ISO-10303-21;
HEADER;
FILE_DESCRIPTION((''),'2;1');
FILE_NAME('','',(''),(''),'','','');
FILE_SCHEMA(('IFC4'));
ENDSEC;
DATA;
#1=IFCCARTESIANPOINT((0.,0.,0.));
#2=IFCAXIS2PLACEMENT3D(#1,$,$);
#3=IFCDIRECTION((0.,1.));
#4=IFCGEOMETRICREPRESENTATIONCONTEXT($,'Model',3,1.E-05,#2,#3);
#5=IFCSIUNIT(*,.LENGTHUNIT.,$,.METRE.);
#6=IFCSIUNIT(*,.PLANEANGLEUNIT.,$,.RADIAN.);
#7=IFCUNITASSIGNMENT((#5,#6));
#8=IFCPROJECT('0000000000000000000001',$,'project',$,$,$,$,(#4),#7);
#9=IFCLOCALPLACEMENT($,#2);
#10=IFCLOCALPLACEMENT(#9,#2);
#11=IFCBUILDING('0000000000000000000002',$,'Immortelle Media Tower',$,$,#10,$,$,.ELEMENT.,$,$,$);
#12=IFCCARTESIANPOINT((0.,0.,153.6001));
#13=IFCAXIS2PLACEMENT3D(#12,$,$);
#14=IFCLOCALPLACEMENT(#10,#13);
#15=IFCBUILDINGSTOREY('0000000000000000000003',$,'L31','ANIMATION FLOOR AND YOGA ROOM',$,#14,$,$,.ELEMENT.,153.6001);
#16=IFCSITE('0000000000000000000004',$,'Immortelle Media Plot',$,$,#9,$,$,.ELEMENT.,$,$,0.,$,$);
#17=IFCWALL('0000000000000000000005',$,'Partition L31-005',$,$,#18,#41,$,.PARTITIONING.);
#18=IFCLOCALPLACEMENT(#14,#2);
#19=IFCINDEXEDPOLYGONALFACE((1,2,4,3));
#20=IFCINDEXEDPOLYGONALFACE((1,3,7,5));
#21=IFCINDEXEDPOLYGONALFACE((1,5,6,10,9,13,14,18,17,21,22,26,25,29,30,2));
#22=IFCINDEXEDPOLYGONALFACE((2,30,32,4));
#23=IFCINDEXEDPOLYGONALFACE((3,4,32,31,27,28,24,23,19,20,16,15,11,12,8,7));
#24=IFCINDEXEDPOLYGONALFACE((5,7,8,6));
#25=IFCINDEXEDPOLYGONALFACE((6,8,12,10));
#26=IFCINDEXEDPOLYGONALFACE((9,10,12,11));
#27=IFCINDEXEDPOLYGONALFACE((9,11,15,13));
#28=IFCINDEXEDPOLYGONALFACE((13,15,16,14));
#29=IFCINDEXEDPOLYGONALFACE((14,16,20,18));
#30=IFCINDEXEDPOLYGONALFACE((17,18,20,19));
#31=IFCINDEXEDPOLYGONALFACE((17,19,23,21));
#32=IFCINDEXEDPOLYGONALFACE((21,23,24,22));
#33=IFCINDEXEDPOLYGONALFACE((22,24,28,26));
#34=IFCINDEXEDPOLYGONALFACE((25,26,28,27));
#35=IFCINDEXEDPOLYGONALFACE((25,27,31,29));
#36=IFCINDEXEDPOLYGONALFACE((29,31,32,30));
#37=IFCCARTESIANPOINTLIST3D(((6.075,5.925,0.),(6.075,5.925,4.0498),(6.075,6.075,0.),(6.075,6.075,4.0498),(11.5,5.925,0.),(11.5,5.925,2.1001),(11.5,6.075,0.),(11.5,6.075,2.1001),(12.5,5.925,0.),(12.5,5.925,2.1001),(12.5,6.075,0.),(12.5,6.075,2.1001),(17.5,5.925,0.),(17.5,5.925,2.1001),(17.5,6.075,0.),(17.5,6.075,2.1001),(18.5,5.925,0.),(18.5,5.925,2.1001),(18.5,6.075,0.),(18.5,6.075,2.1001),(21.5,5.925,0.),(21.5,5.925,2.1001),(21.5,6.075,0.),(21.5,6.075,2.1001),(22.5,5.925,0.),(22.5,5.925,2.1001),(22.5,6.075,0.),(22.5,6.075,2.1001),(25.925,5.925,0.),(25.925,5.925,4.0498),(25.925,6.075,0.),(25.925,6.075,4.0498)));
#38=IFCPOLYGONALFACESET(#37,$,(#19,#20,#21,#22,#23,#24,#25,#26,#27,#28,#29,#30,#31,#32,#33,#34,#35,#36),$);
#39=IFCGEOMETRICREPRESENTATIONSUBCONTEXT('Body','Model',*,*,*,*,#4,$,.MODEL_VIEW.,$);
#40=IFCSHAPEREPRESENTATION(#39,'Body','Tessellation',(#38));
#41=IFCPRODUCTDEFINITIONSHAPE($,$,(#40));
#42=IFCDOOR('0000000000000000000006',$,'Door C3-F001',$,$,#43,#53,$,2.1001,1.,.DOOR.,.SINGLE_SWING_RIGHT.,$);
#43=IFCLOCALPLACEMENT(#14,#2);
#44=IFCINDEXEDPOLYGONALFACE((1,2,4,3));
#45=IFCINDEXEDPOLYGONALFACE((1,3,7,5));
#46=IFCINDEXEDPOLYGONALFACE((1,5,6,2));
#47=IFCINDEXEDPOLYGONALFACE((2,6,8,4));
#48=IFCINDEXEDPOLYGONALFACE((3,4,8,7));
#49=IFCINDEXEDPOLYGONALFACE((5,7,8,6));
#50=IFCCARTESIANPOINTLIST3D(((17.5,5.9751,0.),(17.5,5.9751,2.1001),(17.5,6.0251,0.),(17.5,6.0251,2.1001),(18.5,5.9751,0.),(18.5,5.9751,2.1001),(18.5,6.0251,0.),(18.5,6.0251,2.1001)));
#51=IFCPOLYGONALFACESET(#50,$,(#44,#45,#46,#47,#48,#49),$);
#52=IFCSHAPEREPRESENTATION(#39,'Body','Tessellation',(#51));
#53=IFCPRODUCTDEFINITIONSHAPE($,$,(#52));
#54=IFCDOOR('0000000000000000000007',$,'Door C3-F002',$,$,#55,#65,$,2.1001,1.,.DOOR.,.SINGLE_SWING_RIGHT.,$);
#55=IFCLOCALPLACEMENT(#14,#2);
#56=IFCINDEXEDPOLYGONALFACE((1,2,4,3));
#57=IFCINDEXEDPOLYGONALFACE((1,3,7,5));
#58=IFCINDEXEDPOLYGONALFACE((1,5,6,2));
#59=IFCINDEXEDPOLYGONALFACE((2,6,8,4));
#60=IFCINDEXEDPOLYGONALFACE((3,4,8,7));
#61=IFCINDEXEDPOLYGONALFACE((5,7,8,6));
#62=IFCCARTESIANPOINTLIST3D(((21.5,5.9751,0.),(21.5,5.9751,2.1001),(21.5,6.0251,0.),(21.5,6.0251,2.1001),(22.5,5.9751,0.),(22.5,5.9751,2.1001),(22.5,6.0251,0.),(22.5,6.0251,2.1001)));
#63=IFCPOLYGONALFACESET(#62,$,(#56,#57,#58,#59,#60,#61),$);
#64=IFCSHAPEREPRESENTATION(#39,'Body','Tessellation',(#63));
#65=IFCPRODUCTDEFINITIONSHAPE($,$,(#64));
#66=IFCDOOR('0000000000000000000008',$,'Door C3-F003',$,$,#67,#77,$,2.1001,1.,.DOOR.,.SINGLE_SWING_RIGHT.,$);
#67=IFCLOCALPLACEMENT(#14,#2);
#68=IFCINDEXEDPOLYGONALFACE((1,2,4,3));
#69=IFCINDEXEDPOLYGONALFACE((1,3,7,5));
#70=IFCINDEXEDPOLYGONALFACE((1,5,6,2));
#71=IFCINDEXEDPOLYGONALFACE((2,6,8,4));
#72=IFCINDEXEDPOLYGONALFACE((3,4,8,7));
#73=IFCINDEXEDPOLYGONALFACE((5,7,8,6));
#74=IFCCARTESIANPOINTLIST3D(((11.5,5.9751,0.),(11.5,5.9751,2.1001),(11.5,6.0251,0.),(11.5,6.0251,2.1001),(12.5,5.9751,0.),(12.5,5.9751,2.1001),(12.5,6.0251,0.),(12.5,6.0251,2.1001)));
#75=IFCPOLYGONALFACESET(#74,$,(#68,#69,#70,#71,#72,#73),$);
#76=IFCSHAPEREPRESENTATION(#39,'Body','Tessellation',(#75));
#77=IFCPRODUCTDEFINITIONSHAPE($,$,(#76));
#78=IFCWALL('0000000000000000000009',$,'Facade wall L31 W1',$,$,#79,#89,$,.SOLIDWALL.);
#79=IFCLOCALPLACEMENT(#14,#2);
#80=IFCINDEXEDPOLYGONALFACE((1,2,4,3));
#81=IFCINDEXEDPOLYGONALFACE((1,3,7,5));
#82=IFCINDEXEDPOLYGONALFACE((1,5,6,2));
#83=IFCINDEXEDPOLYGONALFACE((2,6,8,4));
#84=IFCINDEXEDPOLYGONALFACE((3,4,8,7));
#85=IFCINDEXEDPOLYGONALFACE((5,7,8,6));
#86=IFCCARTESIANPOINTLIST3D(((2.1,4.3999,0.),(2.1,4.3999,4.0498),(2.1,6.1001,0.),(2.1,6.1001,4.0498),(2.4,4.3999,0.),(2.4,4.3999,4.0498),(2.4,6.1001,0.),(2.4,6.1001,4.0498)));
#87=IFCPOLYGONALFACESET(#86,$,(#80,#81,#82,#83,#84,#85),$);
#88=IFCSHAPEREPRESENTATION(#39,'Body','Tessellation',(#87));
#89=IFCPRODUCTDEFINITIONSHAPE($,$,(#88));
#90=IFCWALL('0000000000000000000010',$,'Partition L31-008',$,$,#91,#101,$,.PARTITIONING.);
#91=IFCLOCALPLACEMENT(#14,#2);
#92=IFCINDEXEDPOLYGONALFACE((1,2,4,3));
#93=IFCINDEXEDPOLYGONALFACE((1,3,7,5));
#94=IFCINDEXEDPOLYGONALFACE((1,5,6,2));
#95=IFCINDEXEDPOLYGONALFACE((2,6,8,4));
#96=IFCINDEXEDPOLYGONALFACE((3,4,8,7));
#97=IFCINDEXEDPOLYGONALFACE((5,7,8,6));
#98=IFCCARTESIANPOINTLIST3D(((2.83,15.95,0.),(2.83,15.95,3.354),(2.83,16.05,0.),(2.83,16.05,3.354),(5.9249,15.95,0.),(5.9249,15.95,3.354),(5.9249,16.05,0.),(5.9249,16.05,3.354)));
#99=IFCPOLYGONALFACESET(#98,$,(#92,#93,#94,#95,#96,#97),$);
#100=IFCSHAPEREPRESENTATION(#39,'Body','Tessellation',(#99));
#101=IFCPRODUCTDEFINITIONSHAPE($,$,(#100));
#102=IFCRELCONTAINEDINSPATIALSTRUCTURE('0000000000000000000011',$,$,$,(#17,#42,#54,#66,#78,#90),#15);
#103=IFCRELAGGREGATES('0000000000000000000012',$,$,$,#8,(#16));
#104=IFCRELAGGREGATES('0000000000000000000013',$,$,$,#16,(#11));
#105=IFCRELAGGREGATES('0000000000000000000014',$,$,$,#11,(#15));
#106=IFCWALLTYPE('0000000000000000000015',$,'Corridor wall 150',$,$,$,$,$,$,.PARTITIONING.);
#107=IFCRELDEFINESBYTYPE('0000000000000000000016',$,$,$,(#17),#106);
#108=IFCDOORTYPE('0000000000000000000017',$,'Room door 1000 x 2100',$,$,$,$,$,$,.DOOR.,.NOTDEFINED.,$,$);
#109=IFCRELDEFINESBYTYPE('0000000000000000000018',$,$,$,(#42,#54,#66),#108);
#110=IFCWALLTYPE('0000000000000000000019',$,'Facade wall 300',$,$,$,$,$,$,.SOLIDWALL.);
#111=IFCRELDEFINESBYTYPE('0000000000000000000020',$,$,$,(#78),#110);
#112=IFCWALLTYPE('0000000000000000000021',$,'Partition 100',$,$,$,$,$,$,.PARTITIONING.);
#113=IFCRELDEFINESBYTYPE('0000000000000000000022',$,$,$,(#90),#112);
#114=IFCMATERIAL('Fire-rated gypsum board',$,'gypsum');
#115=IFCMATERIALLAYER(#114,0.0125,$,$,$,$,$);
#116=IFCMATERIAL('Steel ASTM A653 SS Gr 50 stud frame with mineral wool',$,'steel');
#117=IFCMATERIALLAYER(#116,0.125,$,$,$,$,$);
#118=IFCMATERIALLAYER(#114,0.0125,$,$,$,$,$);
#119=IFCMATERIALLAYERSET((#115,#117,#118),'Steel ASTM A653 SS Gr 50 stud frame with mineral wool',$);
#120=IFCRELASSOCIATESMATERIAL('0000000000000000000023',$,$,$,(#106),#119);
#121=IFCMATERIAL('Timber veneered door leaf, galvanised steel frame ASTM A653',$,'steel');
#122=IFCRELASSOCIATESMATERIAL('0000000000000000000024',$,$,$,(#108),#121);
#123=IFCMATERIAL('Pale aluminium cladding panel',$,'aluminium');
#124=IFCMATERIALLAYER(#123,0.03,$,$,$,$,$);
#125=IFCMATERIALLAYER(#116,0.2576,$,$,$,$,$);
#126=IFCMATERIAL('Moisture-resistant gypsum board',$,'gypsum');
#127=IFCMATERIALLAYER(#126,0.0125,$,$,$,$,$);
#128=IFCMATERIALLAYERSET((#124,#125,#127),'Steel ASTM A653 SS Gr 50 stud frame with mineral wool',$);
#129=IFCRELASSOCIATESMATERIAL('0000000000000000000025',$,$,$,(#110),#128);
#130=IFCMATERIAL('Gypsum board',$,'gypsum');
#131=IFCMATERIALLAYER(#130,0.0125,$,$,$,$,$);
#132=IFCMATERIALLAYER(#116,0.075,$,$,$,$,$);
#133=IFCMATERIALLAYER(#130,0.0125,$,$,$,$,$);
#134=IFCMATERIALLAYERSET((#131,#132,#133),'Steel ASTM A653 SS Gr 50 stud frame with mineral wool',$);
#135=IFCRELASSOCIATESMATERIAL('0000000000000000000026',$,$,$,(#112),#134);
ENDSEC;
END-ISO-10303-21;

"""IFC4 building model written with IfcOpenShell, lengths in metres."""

from ifc_helpers import new_model, si_unit, direction, frame, frame_2d, origin, place, context, subcontext, project, spatial, rectangle, extrude, material, layer, layer_set, type_object, element, fill, save


model = new_model("IFC4")

# Units and contexts
model_context = context("Model", 3, precision=1e-05, world=origin(), true_north=direction((0.0, 1.0)))
body_context = subcontext(model_context, "Body", "Model", "MODEL_VIEW")
ifc_project = project(units=[si_unit("LENGTHUNIT", "METRE"), si_unit("PLANEANGLEUNIT", "RADIAN")], contexts=[model_context])

# Site, building, storey
site_placement = place(None, origin())
site = spatial("IfcSite", under=ifc_project, at=site_placement, Name="Immortelle Media Plot", CompositionType="ELEMENT", RefElevation=0.0)
building_placement = place(site_placement, origin())
building = spatial("IfcBuilding", under=site, at=building_placement, Name="Immortelle Media Tower", CompositionType="ELEMENT")
storey_placement = place(building_placement, frame((0.0, 0.0, 153.6001)))
storey = spatial("IfcBuildingStorey", under=building, at=storey_placement, Name="L31", Description="ANIMATION FLOOR AND YOGA ROOM", CompositionType="ELEMENT", Elevation=153.6001)

# Wall, openings, doors
ifc_material_1 = material(Name="Fire-rated gypsum board", Category="gypsum")
ifc_layer_1 = layer(ifc_material_1, 0.0125)
ifc_material_2 = material(Name="Steel ASTM A653 SS Gr 50 stud frame with mineral wool", Category="steel")
ifc_layer_2 = layer(ifc_material_2, 0.125)
ifc_layer_3 = layer(ifc_material_1, 0.0125)
ifc_layer_set_1 = layer_set([ifc_layer_1, ifc_layer_2, ifc_layer_3], Name="Steel ASTM A653 SS Gr 50 stud frame with mineral wool")
wall_type_1 = type_object("IfcWallType", Name="Corridor wall 150", PredefinedType="PARTITIONING", material=ifc_layer_set_1)
wall_1_placement = place(storey_placement, frame((6.075, 6.0, 0.0), z_axis=(0.0, 0.0, 1.0), x_axis=(1.0, 0.0, 0.0)))
wall_1 = element("IfcWall", 1, at=wall_1_placement, inside=storey, type_object=wall_type_1, Name="Partition L31-005", PredefinedType="PARTITIONING", context=body_context, shape_type="SweptSolid", body=[
    extrude(rectangle(XDim=19.8501, YDim=0.1499, at=frame_2d((9.925, 0.0))), origin(), (0.0, 0.0, 1.0), 4.0498),
])
opening_1_placement = place(wall_1_placement, frame((12.425, 0.0, 0.0), z_axis=(0.0, 0.0, 1.0), x_axis=(-1.0, 0.0, 0.0)))
opening_1 = element("IfcOpeningElement", 2, at=opening_1_placement, cuts=wall_1, PredefinedType="OPENING", context=body_context, shape_type="SweptSolid", body=[
    extrude(rectangle(XDim=1.0, YDim=2.1001, at=frame_2d((0.5, 1.05))), frame((0.0, 0.085, 0.0), z_axis=(0.0, -1.0, 0.0), x_axis=(1.0, 0.0, 0.0)), (0.0, 0.0, 1.0), 0.1699),
])
opening_2_placement = place(wall_1_placement, frame((16.425, 0.0, 0.0), z_axis=(0.0, 0.0, 1.0), x_axis=(-1.0, 0.0, 0.0)))
opening_2 = element("IfcOpeningElement", 3, at=opening_2_placement, cuts=wall_1, PredefinedType="OPENING", context=body_context, shape_type="SweptSolid", body=[
    extrude(rectangle(XDim=1.0, YDim=2.1001, at=frame_2d((0.5, 1.05))), frame((0.0, 0.085, 0.0), z_axis=(0.0, -1.0, 0.0), x_axis=(1.0, 0.0, 0.0)), (0.0, 0.0, 1.0), 0.1699),
])
opening_3_placement = place(wall_1_placement, frame((6.425, 0.0, 0.0), z_axis=(0.0, 0.0, 1.0), x_axis=(-1.0, 0.0, 0.0)))
opening_3 = element("IfcOpeningElement", 4, at=opening_3_placement, cuts=wall_1, PredefinedType="OPENING", context=body_context, shape_type="SweptSolid", body=[
    extrude(rectangle(XDim=1.0, YDim=2.1001, at=frame_2d((0.5, 1.05))), frame((0.0, 0.085, 0.0), z_axis=(0.0, -1.0, 0.0), x_axis=(1.0, 0.0, 0.0)), (0.0, 0.0, 1.0), 0.1699),
])
ifc_material_3 = material(Name="Timber veneered door leaf, galvanised steel frame ASTM A653", Category="steel")
door_type_1 = type_object("IfcDoorType", Name="Room door 1000 x 2100", OperationType="NOTDEFINED", PredefinedType="DOOR", material=ifc_material_3)
door_1_placement = place(opening_1_placement, origin())
door_1 = element("IfcDoor", 5, at=door_1_placement, inside=storey, type_object=door_type_1, Name="Door C3-F001", OperationType="SINGLE_SWING_RIGHT", OverallHeight=2.1001, OverallWidth=1.0, PredefinedType="DOOR", context=body_context, shape_type="SweptSolid", body=[
    extrude(rectangle(XDim=1.0, YDim=2.1001, at=frame_2d((0.5, 1.05))), frame((0.0, 0.0249, 0.0), z_axis=(0.0, -1.0, 0.0), x_axis=(1.0, 0.0, 0.0)), (0.0, 0.0, 1.0), 0.05),
])
fill(opening_1, door_1)
door_2_placement = place(opening_2_placement, origin())
door_2 = element("IfcDoor", 6, at=door_2_placement, inside=storey, type_object=door_type_1, Name="Door C3-F002", OperationType="SINGLE_SWING_RIGHT", OverallHeight=2.1001, OverallWidth=1.0, PredefinedType="DOOR", context=body_context, shape_type="SweptSolid", body=[
    extrude(rectangle(XDim=1.0, YDim=2.1001, at=frame_2d((0.5, 1.05))), frame((0.0, 0.0249, 0.0), z_axis=(0.0, -1.0, 0.0), x_axis=(1.0, 0.0, 0.0)), (0.0, 0.0, 1.0), 0.05),
])
fill(opening_2, door_2)
door_3_placement = place(opening_3_placement, origin())
door_3 = element("IfcDoor", 7, at=door_3_placement, inside=storey, type_object=door_type_1, Name="Door C3-F003", OperationType="SINGLE_SWING_RIGHT", OverallHeight=2.1001, OverallWidth=1.0, PredefinedType="DOOR", context=body_context, shape_type="SweptSolid", body=[
    extrude(rectangle(XDim=1.0, YDim=2.1001, at=frame_2d((0.5, 1.05))), frame((0.0, 0.0249, 0.0), z_axis=(0.0, -1.0, 0.0), x_axis=(1.0, 0.0, 0.0)), (0.0, 0.0, 1.0), 0.05),
])
fill(opening_3, door_3)

# Walls
ifc_material_4 = material(Name="Pale aluminium cladding panel", Category="aluminium")
ifc_layer_4 = layer(ifc_material_4, 0.03)
ifc_layer_5 = layer(ifc_material_2, 0.2576)
ifc_material_5 = material(Name="Moisture-resistant gypsum board", Category="gypsum")
ifc_layer_6 = layer(ifc_material_5, 0.0125)
ifc_layer_set_2 = layer_set([ifc_layer_4, ifc_layer_5, ifc_layer_6], Name="Steel ASTM A653 SS Gr 50 stud frame with mineral wool")
wall_type_2 = type_object("IfcWallType", Name="Facade wall 300", PredefinedType="SOLIDWALL", material=ifc_layer_set_2)
wall_2_placement = place(storey_placement, frame((2.25, 6.1001, 0.0), z_axis=(0.0, 0.0, 1.0), x_axis=(0.0, -1.0, 0.0)))
element("IfcWall", 8, at=wall_2_placement, inside=storey, type_object=wall_type_2, Name="Facade wall L31 W1", PredefinedType="SOLIDWALL", context=body_context, shape_type="SweptSolid", body=[
    extrude(rectangle(XDim=1.7002, YDim=0.3, at=frame_2d((0.8501, 0.0))), origin(), (0.0, 0.0, 1.0), 4.0498),
])
ifc_material_6 = material(Name="Gypsum board", Category="gypsum")
ifc_layer_7 = layer(ifc_material_6, 0.0125)
ifc_layer_8 = layer(ifc_material_2, 0.075)
ifc_layer_9 = layer(ifc_material_6, 0.0125)
ifc_layer_set_3 = layer_set([ifc_layer_7, ifc_layer_8, ifc_layer_9], Name="Steel ASTM A653 SS Gr 50 stud frame with mineral wool")
wall_type_3 = type_object("IfcWallType", Name="Partition 100", PredefinedType="PARTITIONING", material=ifc_layer_set_3)
wall_3_placement = place(storey_placement, frame((2.8301, 16.0, 0.0), z_axis=(0.0, 0.0, 1.0), x_axis=(1.0, 0.0, 0.0)))
element("IfcWall", 9, at=wall_3_placement, inside=storey, type_object=wall_type_3, Name="Partition L31-008", PredefinedType="PARTITIONING", context=body_context, shape_type="SweptSolid", body=[
    extrude(rectangle(XDim=3.095, YDim=0.1001, at=frame_2d((1.5474, 0.0))), origin(), (0.0, 0.0, 1.0), 3.354),
])

save(model, "model.ifc")
